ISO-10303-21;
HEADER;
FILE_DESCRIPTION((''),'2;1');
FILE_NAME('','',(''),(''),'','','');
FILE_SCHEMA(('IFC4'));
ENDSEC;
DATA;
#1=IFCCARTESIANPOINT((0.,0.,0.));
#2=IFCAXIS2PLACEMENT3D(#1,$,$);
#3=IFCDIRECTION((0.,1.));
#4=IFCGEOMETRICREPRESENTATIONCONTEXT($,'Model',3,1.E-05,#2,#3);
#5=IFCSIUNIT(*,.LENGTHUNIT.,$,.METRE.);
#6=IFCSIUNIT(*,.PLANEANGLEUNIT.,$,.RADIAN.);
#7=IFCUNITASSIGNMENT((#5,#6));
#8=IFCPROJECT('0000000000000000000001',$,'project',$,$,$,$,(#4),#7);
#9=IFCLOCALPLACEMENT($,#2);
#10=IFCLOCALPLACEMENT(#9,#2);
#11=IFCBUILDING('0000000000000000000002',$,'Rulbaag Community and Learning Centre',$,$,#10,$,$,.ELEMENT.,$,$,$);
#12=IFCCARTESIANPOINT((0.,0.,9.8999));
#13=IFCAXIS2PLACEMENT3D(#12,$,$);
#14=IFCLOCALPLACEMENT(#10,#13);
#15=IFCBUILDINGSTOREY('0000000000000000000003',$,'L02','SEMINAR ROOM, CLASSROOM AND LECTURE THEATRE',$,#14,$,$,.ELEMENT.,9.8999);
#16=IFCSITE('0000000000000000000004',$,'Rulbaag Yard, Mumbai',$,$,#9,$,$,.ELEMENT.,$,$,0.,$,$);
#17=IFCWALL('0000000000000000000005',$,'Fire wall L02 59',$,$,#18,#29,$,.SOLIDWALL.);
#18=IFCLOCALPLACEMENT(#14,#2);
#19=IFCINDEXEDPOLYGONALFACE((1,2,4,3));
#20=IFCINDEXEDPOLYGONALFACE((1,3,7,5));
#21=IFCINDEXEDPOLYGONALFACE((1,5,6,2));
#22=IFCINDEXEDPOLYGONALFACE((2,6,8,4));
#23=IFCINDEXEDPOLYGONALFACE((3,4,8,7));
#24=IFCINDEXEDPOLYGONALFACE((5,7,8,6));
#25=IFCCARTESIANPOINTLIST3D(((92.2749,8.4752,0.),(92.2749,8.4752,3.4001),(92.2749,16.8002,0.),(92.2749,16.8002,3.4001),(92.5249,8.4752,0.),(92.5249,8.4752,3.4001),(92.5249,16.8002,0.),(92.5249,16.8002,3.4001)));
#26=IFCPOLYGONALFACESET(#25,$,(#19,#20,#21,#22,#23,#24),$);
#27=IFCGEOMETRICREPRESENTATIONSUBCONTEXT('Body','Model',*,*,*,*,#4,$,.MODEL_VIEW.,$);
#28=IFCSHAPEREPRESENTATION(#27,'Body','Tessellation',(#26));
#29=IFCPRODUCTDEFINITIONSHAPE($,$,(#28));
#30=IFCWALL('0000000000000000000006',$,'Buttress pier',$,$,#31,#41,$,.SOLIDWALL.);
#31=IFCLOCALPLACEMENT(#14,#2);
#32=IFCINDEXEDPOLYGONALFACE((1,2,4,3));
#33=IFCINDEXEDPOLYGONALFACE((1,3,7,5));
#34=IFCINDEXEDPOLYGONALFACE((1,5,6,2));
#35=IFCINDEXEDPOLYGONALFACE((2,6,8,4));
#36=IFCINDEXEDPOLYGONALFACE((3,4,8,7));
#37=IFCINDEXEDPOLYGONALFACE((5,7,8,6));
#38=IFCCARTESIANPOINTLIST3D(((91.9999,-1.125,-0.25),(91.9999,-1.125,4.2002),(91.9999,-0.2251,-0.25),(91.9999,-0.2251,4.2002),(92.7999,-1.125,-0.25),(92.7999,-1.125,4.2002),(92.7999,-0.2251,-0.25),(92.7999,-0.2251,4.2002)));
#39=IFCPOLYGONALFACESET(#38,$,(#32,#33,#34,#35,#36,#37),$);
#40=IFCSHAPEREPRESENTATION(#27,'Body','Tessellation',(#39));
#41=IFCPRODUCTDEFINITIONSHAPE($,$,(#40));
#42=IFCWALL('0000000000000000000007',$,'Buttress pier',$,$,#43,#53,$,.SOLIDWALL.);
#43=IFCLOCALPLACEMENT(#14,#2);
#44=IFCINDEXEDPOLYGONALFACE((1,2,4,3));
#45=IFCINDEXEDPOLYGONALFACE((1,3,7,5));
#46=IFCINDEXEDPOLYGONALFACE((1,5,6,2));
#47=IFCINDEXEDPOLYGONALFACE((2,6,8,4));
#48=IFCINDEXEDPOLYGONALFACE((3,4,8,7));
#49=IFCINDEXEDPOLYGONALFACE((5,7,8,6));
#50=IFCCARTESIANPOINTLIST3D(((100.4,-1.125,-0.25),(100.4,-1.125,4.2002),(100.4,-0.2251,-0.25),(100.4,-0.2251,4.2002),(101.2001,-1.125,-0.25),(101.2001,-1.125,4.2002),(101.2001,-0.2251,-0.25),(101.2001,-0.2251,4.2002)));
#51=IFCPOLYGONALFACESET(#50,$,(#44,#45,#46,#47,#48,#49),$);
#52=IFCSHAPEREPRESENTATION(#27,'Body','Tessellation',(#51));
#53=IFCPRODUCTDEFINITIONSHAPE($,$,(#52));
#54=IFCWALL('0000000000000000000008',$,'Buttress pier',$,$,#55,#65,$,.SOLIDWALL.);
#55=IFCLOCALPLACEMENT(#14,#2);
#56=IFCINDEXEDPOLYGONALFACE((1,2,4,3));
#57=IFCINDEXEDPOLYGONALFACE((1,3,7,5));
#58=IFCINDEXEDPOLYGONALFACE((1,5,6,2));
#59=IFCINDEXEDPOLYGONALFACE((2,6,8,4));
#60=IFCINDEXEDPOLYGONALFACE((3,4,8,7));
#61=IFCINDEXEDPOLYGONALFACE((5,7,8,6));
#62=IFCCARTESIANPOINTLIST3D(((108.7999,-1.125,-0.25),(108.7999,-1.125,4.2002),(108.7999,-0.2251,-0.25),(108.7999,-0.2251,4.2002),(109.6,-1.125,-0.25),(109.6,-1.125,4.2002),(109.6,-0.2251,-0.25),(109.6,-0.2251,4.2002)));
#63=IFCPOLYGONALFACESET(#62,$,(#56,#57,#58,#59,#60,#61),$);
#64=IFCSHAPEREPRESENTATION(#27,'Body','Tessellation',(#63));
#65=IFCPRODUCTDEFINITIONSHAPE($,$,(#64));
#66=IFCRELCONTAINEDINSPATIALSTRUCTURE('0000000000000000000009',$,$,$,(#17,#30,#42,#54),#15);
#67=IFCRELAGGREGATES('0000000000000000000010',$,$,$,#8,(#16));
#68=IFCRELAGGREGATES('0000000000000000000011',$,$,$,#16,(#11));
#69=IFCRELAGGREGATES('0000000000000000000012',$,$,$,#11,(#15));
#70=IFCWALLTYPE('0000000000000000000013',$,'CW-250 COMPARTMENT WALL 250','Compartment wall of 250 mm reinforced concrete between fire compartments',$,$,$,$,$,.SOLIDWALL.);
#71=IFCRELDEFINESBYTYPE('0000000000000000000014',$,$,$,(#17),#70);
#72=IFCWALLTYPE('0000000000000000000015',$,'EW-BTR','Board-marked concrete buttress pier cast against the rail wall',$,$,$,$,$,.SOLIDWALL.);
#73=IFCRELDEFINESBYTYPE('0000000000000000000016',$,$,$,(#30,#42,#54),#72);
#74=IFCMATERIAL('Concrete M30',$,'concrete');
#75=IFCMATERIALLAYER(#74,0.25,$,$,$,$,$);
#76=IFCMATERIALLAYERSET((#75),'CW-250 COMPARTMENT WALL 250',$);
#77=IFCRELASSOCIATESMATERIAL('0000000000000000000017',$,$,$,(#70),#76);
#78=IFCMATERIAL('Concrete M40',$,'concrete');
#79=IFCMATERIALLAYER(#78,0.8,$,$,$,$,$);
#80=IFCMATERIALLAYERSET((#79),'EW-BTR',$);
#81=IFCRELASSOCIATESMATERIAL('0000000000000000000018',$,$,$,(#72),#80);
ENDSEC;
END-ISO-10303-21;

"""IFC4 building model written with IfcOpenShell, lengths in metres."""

from ifc_helpers import new_model, si_unit, direction, frame, frame_2d, origin, place, context, subcontext, project, spatial, rectangle, extrude, material, layer, layer_set, type_object, element, save


model = new_model("IFC4")

# Units and contexts
model_context = context("Model", 3, precision=1e-05, world=origin(), true_north=direction((0.0, 1.0)))
body_context = subcontext(model_context, "Body", "Model", "MODEL_VIEW")
ifc_project = project(units=[si_unit("LENGTHUNIT", "METRE"), si_unit("PLANEANGLEUNIT", "RADIAN")], contexts=[model_context])

# Site, building, storey
site_placement = place(None, origin())
site = spatial("IfcSite", under=ifc_project, at=site_placement, Name="Rulbaag Yard, Mumbai", CompositionType="ELEMENT", RefElevation=0.0)
building_placement = place(site_placement, origin())
building = spatial("IfcBuilding", under=site, at=building_placement, Name="Rulbaag Community and Learning Centre", CompositionType="ELEMENT")
storey_placement = place(building_placement, frame((0.0, 0.0, 9.8999)))
storey = spatial("IfcBuildingStorey", under=building, at=storey_placement, Name="L02", Description="SEMINAR ROOM, CLASSROOM AND LECTURE THEATRE", CompositionType="ELEMENT", Elevation=9.8999)

# Shared definitions
ifc_material_1 = material(Name="Concrete M40", Category="concrete")

# Walls
ifc_material_2 = material(Name="Concrete M30", Category="concrete")
ifc_layer_1 = layer(ifc_material_2, 0.25)
ifc_layer_set_1 = layer_set([ifc_layer_1], Name="CW-250 COMPARTMENT WALL 250")
wall_type_1 = type_object("IfcWallType", Name="CW-250 COMPARTMENT WALL 250", Description="Compartment wall of 250 mm reinforced concrete between fire compartments", PredefinedType="SOLIDWALL", material=ifc_layer_set_1)
wall_1_placement = place(storey_placement, frame((92.3999, 8.4751, 0.0), z_axis=(0.0, 0.0, 1.0), x_axis=(0.0, 1.0, 0.0)))
element("IfcWall", 1, at=wall_1_placement, inside=storey, type_object=wall_type_1, Name="Fire wall L02 59", PredefinedType="SOLIDWALL", context=body_context, shape_type="SweptSolid", body=[
    extrude(rectangle(XDim=8.325, YDim=0.25, at=frame_2d((4.1626, 0.0))), origin(), (0.0, 0.0, 1.0), 3.4001),
])
ifc_layer_2 = layer(ifc_material_1, 0.8)
ifc_layer_set_2 = layer_set([ifc_layer_2], Name="EW-BTR")
wall_type_2 = type_object("IfcWallType", Name="EW-BTR", Description="Board-marked concrete buttress pier cast against the rail wall", PredefinedType="SOLIDWALL", material=ifc_layer_set_2)
for number, where, z_axis, x_axis, name in (
    (2, (92.3999, -0.2251, -0.25), (0.0, 0.0, 1.0), (0.0, -1.0, 0.0), "Buttress pier"),
    (3, (100.8, -0.2251, -0.25), (0.0, 0.0, 1.0), (0.0, -1.0, 0.0), "Buttress pier"),
    (4, (109.2, -0.2251, -0.25), (0.0, 0.0, 1.0), (0.0, -1.0, 0.0), "Buttress pier"),
):
    element("IfcWall", number, at=place(storey_placement, frame(where, z_axis=z_axis, x_axis=x_axis)), inside=storey, type_object=wall_type_2, Name=name, PredefinedType="SOLIDWALL", context=body_context, shape_type="SweptSolid", body=[
        extrude(rectangle(XDim=0.8999, YDim=0.8, at=frame_2d((0.45, 0.0))), origin(), (0.0, 0.0, 1.0), 4.4502),
    ])

save(model, "model.ifc")
